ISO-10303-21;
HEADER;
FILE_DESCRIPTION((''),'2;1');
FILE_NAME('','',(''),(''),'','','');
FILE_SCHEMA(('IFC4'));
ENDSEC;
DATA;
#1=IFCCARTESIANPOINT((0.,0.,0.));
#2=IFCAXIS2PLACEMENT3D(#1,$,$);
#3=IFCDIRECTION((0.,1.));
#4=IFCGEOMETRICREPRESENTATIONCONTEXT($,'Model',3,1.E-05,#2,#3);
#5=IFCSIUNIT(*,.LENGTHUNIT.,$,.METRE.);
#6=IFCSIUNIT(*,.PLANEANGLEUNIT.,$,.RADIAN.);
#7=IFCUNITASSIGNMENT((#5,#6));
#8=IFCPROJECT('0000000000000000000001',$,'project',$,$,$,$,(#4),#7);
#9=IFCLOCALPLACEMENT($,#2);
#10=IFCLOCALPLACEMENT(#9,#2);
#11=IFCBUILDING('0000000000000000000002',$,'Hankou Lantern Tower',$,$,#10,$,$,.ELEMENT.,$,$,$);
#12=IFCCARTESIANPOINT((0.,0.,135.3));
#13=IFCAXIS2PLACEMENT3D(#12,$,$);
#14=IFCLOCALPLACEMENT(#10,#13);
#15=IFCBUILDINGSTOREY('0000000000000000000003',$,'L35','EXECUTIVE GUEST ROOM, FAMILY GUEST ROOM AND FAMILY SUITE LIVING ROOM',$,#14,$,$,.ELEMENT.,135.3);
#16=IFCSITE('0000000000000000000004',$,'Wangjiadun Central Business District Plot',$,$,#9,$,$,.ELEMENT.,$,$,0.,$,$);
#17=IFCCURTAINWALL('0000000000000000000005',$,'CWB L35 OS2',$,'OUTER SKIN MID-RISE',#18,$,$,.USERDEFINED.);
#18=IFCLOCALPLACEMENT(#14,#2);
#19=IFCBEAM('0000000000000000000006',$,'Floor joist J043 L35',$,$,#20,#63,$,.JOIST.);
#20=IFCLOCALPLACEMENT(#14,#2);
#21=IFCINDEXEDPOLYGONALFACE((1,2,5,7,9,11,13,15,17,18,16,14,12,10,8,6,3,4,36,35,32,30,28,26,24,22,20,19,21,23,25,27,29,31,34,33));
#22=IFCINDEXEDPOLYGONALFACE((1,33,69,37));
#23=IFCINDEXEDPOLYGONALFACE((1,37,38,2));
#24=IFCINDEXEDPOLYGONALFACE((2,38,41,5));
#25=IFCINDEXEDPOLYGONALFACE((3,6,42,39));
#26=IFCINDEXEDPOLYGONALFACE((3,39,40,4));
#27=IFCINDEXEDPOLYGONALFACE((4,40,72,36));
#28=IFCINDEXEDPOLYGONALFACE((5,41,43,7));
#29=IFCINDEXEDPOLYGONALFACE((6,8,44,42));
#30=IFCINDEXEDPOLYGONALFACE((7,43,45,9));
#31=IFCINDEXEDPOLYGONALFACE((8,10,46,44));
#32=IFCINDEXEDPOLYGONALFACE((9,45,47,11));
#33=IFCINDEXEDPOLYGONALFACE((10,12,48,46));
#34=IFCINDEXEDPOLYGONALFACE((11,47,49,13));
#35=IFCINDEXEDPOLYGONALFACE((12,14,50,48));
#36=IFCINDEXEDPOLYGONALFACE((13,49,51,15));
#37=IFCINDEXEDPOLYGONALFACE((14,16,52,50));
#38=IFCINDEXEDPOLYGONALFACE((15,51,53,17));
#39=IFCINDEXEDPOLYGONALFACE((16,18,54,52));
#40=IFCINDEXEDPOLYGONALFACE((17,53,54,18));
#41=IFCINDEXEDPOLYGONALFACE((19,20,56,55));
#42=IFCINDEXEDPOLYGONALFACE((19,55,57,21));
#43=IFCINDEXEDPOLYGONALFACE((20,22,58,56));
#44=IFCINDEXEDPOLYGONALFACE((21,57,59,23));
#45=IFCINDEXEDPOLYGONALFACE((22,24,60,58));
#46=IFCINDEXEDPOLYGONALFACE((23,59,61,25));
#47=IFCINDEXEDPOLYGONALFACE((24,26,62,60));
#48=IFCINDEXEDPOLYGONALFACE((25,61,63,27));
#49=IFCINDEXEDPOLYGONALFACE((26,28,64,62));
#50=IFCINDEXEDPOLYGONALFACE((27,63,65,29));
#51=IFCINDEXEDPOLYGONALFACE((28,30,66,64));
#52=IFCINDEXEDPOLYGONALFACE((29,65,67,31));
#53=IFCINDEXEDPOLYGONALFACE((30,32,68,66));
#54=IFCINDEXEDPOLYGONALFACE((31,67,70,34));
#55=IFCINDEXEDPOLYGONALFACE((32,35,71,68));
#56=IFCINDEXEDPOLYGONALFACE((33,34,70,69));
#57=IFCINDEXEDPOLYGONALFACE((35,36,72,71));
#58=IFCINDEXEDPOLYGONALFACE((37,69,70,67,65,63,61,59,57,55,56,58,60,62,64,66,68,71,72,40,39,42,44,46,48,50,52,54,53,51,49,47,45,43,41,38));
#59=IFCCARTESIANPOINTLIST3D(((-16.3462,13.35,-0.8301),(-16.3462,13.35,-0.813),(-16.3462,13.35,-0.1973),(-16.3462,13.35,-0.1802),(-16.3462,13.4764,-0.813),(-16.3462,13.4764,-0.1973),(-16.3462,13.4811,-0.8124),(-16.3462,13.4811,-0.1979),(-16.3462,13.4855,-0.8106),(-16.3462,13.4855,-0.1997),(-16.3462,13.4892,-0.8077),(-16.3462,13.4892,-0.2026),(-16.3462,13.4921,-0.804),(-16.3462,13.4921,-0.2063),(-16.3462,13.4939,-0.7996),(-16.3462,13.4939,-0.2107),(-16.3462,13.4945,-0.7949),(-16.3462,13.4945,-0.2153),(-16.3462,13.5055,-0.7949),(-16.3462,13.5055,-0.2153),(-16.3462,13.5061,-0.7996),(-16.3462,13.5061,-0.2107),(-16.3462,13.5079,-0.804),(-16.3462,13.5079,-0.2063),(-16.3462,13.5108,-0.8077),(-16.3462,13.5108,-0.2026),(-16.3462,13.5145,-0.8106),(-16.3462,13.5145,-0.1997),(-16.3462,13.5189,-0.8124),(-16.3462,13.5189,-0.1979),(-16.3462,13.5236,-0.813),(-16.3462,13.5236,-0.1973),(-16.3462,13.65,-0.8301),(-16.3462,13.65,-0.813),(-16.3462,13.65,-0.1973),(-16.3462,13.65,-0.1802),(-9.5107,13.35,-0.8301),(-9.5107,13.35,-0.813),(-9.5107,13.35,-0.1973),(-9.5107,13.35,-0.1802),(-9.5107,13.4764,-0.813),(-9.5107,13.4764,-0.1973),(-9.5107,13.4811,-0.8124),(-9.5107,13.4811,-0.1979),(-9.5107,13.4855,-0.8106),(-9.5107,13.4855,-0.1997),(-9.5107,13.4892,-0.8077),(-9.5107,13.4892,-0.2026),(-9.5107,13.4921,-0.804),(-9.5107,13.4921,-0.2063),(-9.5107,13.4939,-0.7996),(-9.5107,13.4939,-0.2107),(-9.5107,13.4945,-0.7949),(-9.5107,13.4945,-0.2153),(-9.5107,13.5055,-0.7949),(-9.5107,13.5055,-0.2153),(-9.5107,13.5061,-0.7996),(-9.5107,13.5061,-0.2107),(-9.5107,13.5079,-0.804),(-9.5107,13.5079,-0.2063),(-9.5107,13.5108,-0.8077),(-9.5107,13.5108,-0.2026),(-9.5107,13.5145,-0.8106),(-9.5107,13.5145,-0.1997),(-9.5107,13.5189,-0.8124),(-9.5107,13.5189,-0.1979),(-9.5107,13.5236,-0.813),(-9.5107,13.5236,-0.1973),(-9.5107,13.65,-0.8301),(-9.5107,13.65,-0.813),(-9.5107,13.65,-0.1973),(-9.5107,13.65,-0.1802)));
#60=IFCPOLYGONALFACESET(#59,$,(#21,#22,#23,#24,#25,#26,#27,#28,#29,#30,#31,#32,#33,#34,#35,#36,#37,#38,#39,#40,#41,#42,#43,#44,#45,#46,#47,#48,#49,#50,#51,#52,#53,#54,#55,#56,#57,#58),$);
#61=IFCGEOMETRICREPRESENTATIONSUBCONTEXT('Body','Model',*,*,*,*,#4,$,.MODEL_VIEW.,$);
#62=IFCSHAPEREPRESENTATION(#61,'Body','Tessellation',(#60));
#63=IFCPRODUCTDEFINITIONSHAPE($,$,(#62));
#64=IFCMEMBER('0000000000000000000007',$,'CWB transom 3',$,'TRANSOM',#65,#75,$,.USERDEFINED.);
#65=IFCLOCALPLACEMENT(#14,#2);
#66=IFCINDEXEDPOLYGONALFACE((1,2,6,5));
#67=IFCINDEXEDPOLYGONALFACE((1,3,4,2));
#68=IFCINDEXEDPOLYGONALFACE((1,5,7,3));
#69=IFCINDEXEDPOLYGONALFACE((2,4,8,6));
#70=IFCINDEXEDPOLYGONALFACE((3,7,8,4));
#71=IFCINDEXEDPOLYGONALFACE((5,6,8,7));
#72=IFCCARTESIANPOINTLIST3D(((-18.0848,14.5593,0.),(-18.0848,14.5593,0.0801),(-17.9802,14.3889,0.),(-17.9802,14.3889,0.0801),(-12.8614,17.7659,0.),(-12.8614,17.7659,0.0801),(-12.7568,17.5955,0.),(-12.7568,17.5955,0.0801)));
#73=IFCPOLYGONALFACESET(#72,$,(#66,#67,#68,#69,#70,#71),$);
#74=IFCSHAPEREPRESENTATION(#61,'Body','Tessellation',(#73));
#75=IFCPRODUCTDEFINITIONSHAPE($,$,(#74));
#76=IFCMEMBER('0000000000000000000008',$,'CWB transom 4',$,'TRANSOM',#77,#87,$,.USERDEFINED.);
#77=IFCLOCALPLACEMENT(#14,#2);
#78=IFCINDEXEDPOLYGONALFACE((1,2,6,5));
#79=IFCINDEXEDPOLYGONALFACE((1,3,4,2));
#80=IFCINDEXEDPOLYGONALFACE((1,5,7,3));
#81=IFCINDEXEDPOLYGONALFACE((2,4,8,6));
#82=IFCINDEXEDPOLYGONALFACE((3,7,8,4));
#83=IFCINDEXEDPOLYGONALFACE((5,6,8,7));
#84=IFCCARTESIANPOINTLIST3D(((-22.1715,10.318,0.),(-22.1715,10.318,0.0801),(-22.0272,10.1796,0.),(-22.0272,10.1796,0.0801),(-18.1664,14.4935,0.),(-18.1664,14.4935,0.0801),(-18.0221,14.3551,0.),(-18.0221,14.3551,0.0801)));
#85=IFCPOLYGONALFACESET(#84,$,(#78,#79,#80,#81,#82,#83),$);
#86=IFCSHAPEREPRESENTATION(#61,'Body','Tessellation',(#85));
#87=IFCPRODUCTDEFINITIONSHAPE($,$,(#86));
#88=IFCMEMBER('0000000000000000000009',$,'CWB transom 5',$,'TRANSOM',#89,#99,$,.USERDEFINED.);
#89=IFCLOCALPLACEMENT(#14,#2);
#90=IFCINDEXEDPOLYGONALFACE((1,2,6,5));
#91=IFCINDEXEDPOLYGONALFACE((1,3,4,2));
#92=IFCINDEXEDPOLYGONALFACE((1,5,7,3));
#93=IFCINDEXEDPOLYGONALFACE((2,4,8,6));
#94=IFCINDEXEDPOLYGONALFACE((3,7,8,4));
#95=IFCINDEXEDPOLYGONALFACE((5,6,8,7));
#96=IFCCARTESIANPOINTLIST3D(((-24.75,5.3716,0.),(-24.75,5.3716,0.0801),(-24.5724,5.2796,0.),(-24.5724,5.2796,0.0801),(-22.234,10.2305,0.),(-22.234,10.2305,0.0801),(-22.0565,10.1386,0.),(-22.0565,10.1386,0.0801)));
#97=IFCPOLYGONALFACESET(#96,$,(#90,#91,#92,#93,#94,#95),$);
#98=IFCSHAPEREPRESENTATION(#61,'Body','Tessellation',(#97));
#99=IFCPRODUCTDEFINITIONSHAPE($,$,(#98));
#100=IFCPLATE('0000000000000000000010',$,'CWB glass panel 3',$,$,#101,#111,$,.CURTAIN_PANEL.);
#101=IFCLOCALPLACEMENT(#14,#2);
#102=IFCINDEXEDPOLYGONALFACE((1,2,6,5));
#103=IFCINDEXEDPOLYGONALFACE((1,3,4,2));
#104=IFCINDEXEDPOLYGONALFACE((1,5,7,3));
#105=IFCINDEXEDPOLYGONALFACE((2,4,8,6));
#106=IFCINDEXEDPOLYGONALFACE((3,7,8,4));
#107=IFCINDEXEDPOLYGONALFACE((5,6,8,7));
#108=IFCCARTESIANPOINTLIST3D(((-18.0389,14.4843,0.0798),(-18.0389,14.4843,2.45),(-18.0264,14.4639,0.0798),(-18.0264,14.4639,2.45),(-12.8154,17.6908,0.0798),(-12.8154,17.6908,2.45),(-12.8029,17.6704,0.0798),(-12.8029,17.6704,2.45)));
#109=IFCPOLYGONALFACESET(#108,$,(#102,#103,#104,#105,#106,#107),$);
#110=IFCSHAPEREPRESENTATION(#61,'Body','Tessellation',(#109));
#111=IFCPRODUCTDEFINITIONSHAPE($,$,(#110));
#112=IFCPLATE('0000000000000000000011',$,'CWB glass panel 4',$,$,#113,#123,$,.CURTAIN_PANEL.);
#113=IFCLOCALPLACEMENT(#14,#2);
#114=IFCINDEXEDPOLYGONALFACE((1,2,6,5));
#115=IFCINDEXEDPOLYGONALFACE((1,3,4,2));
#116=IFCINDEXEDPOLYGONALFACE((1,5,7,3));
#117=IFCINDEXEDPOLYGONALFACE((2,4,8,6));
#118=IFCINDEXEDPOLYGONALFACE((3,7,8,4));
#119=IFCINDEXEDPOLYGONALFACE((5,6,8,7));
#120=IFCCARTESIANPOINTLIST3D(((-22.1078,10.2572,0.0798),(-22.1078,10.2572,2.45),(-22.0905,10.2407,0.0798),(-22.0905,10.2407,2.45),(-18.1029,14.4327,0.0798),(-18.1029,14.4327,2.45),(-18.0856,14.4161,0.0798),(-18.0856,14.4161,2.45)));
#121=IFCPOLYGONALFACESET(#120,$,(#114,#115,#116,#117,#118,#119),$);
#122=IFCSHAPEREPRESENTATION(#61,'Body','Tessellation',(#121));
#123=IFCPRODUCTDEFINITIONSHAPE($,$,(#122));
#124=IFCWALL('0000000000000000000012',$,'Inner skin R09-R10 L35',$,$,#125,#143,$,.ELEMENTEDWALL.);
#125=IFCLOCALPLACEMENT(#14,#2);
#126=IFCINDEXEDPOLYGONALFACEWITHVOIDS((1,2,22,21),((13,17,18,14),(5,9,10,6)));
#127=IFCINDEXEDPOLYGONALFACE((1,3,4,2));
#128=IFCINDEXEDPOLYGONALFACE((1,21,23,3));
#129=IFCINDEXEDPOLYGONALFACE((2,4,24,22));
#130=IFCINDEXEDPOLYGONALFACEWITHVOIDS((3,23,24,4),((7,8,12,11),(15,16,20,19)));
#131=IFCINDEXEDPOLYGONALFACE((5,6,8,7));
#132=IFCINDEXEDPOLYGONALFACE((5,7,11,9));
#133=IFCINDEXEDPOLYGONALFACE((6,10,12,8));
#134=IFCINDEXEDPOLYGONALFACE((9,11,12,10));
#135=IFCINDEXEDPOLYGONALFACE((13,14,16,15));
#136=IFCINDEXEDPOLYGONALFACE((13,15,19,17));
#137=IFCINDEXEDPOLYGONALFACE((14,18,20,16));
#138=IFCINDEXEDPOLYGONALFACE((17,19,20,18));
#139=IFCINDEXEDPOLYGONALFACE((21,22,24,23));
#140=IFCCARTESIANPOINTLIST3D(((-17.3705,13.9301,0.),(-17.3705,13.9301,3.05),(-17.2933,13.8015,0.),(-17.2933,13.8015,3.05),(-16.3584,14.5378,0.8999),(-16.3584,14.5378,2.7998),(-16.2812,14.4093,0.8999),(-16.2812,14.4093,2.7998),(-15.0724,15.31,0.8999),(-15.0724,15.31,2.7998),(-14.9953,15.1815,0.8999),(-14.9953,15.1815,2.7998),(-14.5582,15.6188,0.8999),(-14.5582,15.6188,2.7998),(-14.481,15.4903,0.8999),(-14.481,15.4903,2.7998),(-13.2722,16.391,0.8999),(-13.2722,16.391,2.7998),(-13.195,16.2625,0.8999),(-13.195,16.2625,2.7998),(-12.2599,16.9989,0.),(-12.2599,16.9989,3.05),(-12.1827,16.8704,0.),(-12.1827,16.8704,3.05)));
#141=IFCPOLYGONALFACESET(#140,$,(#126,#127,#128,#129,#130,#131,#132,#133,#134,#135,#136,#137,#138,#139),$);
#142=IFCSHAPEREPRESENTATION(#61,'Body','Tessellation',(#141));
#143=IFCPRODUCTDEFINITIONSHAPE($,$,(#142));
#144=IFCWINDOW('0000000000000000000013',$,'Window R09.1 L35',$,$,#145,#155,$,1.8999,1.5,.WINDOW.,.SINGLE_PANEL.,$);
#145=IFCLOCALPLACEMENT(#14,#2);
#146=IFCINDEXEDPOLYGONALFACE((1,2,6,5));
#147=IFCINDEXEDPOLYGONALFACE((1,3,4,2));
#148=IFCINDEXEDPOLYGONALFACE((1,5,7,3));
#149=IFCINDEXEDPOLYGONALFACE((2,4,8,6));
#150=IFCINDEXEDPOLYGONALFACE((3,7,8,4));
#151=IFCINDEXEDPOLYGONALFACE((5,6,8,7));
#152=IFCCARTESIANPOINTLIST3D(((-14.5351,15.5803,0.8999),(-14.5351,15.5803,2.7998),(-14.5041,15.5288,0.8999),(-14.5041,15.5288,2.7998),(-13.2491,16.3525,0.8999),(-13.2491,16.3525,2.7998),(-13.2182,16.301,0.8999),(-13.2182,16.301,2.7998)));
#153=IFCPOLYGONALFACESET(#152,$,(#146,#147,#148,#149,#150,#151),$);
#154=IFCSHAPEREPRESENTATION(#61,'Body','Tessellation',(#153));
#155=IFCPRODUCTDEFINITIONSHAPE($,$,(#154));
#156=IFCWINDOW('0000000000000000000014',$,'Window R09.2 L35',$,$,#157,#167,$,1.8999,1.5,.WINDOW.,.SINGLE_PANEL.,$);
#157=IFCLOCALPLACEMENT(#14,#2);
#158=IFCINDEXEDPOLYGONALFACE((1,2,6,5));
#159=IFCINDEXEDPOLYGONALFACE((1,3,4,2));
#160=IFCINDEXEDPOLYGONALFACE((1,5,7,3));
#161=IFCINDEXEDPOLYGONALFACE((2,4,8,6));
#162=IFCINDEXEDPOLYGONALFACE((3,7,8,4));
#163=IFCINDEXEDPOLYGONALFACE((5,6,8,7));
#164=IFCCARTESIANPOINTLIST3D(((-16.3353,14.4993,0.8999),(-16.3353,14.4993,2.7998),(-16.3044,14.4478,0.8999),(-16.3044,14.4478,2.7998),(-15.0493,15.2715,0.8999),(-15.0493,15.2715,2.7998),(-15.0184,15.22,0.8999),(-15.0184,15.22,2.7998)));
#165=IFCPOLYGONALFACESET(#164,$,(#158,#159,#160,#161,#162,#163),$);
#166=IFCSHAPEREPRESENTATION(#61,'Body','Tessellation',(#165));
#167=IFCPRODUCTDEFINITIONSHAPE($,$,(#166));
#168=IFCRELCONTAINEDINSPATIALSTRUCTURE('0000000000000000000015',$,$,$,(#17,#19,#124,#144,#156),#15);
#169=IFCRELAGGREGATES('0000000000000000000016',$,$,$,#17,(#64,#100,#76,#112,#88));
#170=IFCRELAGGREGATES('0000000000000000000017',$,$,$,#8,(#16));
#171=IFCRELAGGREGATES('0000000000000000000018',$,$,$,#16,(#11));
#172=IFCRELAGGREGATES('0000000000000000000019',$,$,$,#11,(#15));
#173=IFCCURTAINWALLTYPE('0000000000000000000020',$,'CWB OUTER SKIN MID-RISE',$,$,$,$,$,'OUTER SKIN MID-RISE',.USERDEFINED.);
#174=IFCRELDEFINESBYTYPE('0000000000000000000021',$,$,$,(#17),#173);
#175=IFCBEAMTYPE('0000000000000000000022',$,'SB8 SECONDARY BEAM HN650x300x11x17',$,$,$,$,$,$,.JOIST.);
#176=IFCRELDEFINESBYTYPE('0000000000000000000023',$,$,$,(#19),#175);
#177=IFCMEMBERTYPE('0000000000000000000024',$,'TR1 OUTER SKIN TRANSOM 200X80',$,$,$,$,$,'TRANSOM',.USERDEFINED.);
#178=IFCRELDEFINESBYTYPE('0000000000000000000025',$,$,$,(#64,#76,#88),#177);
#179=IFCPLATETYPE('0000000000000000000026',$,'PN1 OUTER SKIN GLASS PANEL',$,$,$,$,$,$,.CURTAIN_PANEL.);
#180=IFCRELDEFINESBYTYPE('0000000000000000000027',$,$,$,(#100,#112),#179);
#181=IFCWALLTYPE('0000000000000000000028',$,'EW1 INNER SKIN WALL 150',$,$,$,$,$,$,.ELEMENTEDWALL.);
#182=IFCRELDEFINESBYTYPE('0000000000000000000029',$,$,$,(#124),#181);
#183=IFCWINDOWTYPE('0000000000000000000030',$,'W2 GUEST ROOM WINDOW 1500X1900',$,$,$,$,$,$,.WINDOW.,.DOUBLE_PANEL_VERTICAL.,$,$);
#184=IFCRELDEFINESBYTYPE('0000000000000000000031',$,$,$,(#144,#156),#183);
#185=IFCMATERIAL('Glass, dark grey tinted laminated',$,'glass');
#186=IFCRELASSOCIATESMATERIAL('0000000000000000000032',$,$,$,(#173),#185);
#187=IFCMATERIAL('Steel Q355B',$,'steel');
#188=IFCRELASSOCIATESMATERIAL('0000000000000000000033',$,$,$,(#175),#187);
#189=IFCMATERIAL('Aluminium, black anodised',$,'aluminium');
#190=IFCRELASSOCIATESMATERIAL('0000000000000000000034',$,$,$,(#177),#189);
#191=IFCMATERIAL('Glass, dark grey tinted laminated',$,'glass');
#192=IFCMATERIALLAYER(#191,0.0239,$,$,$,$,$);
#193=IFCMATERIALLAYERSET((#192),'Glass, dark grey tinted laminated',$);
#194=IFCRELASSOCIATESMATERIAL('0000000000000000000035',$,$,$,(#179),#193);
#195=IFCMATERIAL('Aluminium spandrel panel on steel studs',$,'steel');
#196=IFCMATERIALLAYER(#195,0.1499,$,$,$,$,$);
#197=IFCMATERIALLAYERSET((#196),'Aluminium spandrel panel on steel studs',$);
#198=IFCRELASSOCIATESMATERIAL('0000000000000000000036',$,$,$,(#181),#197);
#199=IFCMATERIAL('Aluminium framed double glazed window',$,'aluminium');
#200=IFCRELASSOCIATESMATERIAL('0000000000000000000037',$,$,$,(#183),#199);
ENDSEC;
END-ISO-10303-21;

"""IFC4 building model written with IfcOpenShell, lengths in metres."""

from ifc_helpers import new_model, si_unit, direction, frame, frame_2d, origin, origin_2d, place, context, subcontext, project, spatial, rectangle, i_section, extrude, material, layer, layer_set, material_profile, profile_set, type_object, element, fill, aggregate, save


model = new_model("IFC4")

# Units and contexts
model_context = context("Model", 3, precision=1e-05, world=origin(), true_north=direction((0.0, 1.0)))
body_context = subcontext(model_context, "Body", "Model", "MODEL_VIEW")
ifc_project = project(units=[si_unit("LENGTHUNIT", "METRE"), si_unit("PLANEANGLEUNIT", "RADIAN")], contexts=[model_context])

# Site, building, storey
site_placement = place(None, origin())
site = spatial("IfcSite", under=ifc_project, at=site_placement, Name="Wangjiadun Central Business District Plot", CompositionType="ELEMENT", RefElevation=0.0)
building_placement = place(site_placement, origin())
building = spatial("IfcBuilding", under=site, at=building_placement, Name="Hankou Lantern Tower", CompositionType="ELEMENT")
storey_placement = place(building_placement, frame((0.0, 0.0, 135.3)))
storey = spatial("IfcBuildingStorey", under=building, at=storey_placement, Name="L35", Description="EXECUTIVE GUEST ROOM, FAMILY GUEST ROOM AND FAMILY SUITE LIVING ROOM", CompositionType="ELEMENT", Elevation=135.3)

# Curtain wall
ifc_material_1 = material(Name="Glass, dark grey tinted laminated", Category="glass")
curtain_wall_type = type_object("IfcCurtainWallType", Name="CWB OUTER SKIN MID-RISE", ElementType="OUTER SKIN MID-RISE", PredefinedType="USERDEFINED", material=ifc_material_1)
curtain_wall_placement = place(storey_placement, origin())
curtain_wall = element("IfcCurtainWall", 1, at=curtain_wall_placement, inside=storey, type_object=curtain_wall_type, Name="CWB L35 OS2", ObjectType="OUTER SKIN MID-RISE", PredefinedType="USERDEFINED")

# Beam
ifc_material_2 = material(Name="Steel Q355B", Category="steel")
ifc_material_profile_1 = material_profile(ifc_material_2, i_section(OverallWidth=0.3, OverallDepth=0.6499, WebThickness=0.011, FlangeThickness=0.0171, FilletRadius=0.0181, at=origin_2d()), Name="HN650x300x11x17")
ifc_profile_set_1 = profile_set([ifc_material_profile_1], Name="Steel Q355B")
beam_type_1 = type_object("IfcBeamType", Name="SB8 SECONDARY BEAM HN650x300x11x17", PredefinedType="JOIST", material=ifc_profile_set_1)
beam_1_placement = place(storey_placement, frame((-16.3462, 13.5, -0.5051), z_axis=(1.0, 0.0, 0.0), x_axis=(0.0, 1.0, 0.0)))
element("IfcBeam", 2, at=beam_1_placement, inside=storey, type_object=beam_type_1, Name="Floor joist J043 L35", PredefinedType="JOIST", context=body_context, shape_type="SweptSolid", body=[
    extrude(i_section(OverallWidth=0.3, OverallDepth=0.6499, WebThickness=0.011, FlangeThickness=0.0171, FilletRadius=0.0181, at=origin_2d()), origin(), (0.0, 0.0, 1.0), 6.8354),
])

# Members
ifc_material_3 = material(Name="Aluminium, black anodised", Category="aluminium")
ifc_material_profile_2 = material_profile(ifc_material_3, rectangle(XDim=0.2, YDim=0.0801, at=origin_2d()), Name="TR1 200X80")
ifc_profile_set_2 = profile_set([ifc_material_profile_2], Name="Aluminium, black anodised")
member_type_1 = type_object("IfcMemberType", Name="TR1 OUTER SKIN TRANSOM 200X80", ElementType="TRANSOM", PredefinedType="USERDEFINED", material=ifc_profile_set_2)
member_1_placement = place(storey_placement, frame((-12.8091, 17.6807, 0.04), z_axis=(-0.852229, -0.523168, 0.0), x_axis=(0.523168, -0.852229, 0.0)))
member_1 = element("IfcMember", 3, at=member_1_placement, type_object=member_type_1, Name="CWB transom 3", ObjectType="TRANSOM", PredefinedType="USERDEFINED", context=body_context, shape_type="SweptSolid", body=[
    extrude(rectangle(XDim=0.2, YDim=0.0801, at=origin_2d()), origin(), (0.0, 0.0, 1.0), 6.1292),
])
member_2_placement = place(storey_placement, frame((-18.0942, 14.4243, 0.04), z_axis=(-0.692227, -0.72168, 0.0), x_axis=(0.72168, -0.692227, 0.0)))
member_2 = element("IfcMember", 4, at=member_2_placement, type_object=member_type_1, Name="CWB transom 4", ObjectType="TRANSOM", PredefinedType="USERDEFINED", context=body_context, shape_type="SweptSolid", body=[
    extrude(rectangle(XDim=0.2, YDim=0.0801, at=origin_2d()), origin(), (0.0, 0.0, 1.0), 5.7859),
])
member_3_placement = place(storey_placement, frame((-22.1453, 10.1846, 0.04), z_axis=(-0.459805, -0.88802, 0.0), x_axis=(0.88802, -0.459805, 0.0)))
member_3 = element("IfcMember", 5, at=member_3_placement, type_object=member_type_1, Name="CWB transom 5", ObjectType="TRANSOM", PredefinedType="USERDEFINED", context=body_context, shape_type="SweptSolid", body=[
    extrude(rectangle(XDim=0.2, YDim=0.0801, at=origin_2d()), origin(), (0.0, 0.0, 1.0), 5.4717),
])

# Plates
ifc_material_4 = material(Name="Glass, dark grey tinted laminated", Category="glass")
ifc_layer_1 = layer(ifc_material_4, 0.0239)
ifc_layer_set_1 = layer_set([ifc_layer_1], Name="Glass, dark grey tinted laminated")
plate_type = type_object("IfcPlateType", Name="PN1 OUTER SKIN GLASS PANEL", PredefinedType="CURTAIN_PANEL", material=ifc_layer_set_1)
plate_1_placement = place(storey_placement, frame((-15.4209, 16.0774, 0.0798), z_axis=(0.0, 0.0, 1.0), x_axis=(-0.852237, -0.523156, 0.0)))
plate_1 = element("IfcPlate", 6, at=plate_1_placement, type_object=plate_type, Name="CWB glass panel 3", PredefinedType="CURTAIN_PANEL", context=body_context, shape_type="SweptSolid", body=[
    extrude(rectangle(XDim=6.1292, YDim=0.0239, at=origin_2d()), origin(), (0.0, 0.0, 1.0), 2.3701),
])
plate_2_placement = place(storey_placement, frame((-20.0967, 12.3367, 0.0798), z_axis=(0.0, 0.0, 1.0), x_axis=(-0.692216, -0.721691, 0.0)))
plate_2 = element("IfcPlate", 7, at=plate_2_placement, type_object=plate_type, Name="CWB glass panel 4", PredefinedType="CURTAIN_PANEL", context=body_context, shape_type="SweptSolid", body=[
    extrude(rectangle(XDim=5.7856, YDim=0.0239, at=origin_2d()), origin(), (0.0, 0.0, 1.0), 2.3701),
])
aggregate(curtain_wall, [member_1, plate_1, member_2, plate_2, member_3])

# Wall, openings, windows
ifc_material_5 = material(Name="Aluminium spandrel panel on steel studs", Category="steel")
ifc_layer_2 = layer(ifc_material_5, 0.1499)
ifc_layer_set_2 = layer_set([ifc_layer_2], Name="Aluminium spandrel panel on steel studs")
wall_type_1 = type_object("IfcWallType", Name="EW1 INNER SKIN WALL 150", PredefinedType="ELEMENTEDWALL", material=ifc_layer_set_2)
wall_1_placement = place(storey_placement, frame((-12.2214, 16.9346, 0.0), z_axis=(0.0, 0.0, 1.0), x_axis=(-0.857309, -0.514803, 0.0)))
wall_1 = element("IfcWall", 8, at=wall_1_placement, inside=storey, type_object=wall_type_1, Name="Inner skin R09-R10 L35", PredefinedType="ELEMENTEDWALL", context=body_context, shape_type="SweptSolid", body=[
    extrude(rectangle(XDim=5.9612, YDim=0.1499, at=frame_2d((2.9805, 0.0))), origin(), (0.0, 0.0, 1.0), 3.05),
])
opening_1_placement = place(wall_1_placement, frame((1.1807, 0.0, 0.8999)))
opening_1 = element("IfcOpeningElement", 9, at=opening_1_placement, cuts=wall_1, PredefinedType="OPENING", context=body_context, shape_type="SweptSolid", body=[
    extrude(rectangle(XDim=1.5, YDim=1.8999, at=frame_2d((0.75, 0.95))), frame((0.0, 0.085, 0.0), z_axis=(0.0, -1.0, 0.0), x_axis=(1.0, 0.0, 0.0)), (0.0, 0.0, 1.0), 0.1699),
])
opening_2_placement = place(wall_1_placement, frame((3.2805, 0.0, 0.8999)))
opening_2 = element("IfcOpeningElement", 10, at=opening_2_placement, cuts=wall_1, PredefinedType="OPENING", context=body_context, shape_type="SweptSolid", body=[
    extrude(rectangle(XDim=1.5, YDim=1.8999, at=frame_2d((0.75, 0.95))), frame((0.0, 0.085, 0.0), z_axis=(0.0, -1.0, 0.0), x_axis=(1.0, 0.0, 0.0)), (0.0, 0.0, 1.0), 0.1699),
])
ifc_material_6 = material(Name="Aluminium framed double glazed window", Category="aluminium")
window_type = type_object("IfcWindowType", Name="W2 GUEST ROOM WINDOW 1500X1900", PartitioningType="DOUBLE_PANEL_VERTICAL", PredefinedType="WINDOW", material=ifc_material_6)
window_1_placement = place(opening_1_placement, origin())
window_1 = element("IfcWindow", 11, at=window_1_placement, inside=storey, type_object=window_type, Name="Window R09.1 L35", OverallHeight=1.8999, OverallWidth=1.5, PartitioningType="SINGLE_PANEL", PredefinedType="WINDOW", context=body_context, shape_type="SweptSolid", body=[
    extrude(rectangle(XDim=1.5, YDim=1.8999, at=frame_2d((0.75, 0.95))), frame((0.0, 0.03, 0.0), z_axis=(0.0, -1.0, 0.0), x_axis=(1.0, 0.0, 0.0)), (0.0, 0.0, 1.0), 0.0601),
])
fill(opening_1, window_1)
window_2_placement = place(opening_2_placement, origin())
window_2 = element("IfcWindow", 12, at=window_2_placement, inside=storey, type_object=window_type, Name="Window R09.2 L35", OverallHeight=1.8999, OverallWidth=1.5, PartitioningType="SINGLE_PANEL", PredefinedType="WINDOW", context=body_context, shape_type="SweptSolid", body=[
    extrude(rectangle(XDim=1.5, YDim=1.8999, at=frame_2d((0.75, 0.95))), frame((0.0, 0.03, 0.0), z_axis=(0.0, -1.0, 0.0), x_axis=(1.0, 0.0, 0.0)), (0.0, 0.0, 1.0), 0.0601),
])
fill(opening_2, window_2)

save(model, "model.ifc")
